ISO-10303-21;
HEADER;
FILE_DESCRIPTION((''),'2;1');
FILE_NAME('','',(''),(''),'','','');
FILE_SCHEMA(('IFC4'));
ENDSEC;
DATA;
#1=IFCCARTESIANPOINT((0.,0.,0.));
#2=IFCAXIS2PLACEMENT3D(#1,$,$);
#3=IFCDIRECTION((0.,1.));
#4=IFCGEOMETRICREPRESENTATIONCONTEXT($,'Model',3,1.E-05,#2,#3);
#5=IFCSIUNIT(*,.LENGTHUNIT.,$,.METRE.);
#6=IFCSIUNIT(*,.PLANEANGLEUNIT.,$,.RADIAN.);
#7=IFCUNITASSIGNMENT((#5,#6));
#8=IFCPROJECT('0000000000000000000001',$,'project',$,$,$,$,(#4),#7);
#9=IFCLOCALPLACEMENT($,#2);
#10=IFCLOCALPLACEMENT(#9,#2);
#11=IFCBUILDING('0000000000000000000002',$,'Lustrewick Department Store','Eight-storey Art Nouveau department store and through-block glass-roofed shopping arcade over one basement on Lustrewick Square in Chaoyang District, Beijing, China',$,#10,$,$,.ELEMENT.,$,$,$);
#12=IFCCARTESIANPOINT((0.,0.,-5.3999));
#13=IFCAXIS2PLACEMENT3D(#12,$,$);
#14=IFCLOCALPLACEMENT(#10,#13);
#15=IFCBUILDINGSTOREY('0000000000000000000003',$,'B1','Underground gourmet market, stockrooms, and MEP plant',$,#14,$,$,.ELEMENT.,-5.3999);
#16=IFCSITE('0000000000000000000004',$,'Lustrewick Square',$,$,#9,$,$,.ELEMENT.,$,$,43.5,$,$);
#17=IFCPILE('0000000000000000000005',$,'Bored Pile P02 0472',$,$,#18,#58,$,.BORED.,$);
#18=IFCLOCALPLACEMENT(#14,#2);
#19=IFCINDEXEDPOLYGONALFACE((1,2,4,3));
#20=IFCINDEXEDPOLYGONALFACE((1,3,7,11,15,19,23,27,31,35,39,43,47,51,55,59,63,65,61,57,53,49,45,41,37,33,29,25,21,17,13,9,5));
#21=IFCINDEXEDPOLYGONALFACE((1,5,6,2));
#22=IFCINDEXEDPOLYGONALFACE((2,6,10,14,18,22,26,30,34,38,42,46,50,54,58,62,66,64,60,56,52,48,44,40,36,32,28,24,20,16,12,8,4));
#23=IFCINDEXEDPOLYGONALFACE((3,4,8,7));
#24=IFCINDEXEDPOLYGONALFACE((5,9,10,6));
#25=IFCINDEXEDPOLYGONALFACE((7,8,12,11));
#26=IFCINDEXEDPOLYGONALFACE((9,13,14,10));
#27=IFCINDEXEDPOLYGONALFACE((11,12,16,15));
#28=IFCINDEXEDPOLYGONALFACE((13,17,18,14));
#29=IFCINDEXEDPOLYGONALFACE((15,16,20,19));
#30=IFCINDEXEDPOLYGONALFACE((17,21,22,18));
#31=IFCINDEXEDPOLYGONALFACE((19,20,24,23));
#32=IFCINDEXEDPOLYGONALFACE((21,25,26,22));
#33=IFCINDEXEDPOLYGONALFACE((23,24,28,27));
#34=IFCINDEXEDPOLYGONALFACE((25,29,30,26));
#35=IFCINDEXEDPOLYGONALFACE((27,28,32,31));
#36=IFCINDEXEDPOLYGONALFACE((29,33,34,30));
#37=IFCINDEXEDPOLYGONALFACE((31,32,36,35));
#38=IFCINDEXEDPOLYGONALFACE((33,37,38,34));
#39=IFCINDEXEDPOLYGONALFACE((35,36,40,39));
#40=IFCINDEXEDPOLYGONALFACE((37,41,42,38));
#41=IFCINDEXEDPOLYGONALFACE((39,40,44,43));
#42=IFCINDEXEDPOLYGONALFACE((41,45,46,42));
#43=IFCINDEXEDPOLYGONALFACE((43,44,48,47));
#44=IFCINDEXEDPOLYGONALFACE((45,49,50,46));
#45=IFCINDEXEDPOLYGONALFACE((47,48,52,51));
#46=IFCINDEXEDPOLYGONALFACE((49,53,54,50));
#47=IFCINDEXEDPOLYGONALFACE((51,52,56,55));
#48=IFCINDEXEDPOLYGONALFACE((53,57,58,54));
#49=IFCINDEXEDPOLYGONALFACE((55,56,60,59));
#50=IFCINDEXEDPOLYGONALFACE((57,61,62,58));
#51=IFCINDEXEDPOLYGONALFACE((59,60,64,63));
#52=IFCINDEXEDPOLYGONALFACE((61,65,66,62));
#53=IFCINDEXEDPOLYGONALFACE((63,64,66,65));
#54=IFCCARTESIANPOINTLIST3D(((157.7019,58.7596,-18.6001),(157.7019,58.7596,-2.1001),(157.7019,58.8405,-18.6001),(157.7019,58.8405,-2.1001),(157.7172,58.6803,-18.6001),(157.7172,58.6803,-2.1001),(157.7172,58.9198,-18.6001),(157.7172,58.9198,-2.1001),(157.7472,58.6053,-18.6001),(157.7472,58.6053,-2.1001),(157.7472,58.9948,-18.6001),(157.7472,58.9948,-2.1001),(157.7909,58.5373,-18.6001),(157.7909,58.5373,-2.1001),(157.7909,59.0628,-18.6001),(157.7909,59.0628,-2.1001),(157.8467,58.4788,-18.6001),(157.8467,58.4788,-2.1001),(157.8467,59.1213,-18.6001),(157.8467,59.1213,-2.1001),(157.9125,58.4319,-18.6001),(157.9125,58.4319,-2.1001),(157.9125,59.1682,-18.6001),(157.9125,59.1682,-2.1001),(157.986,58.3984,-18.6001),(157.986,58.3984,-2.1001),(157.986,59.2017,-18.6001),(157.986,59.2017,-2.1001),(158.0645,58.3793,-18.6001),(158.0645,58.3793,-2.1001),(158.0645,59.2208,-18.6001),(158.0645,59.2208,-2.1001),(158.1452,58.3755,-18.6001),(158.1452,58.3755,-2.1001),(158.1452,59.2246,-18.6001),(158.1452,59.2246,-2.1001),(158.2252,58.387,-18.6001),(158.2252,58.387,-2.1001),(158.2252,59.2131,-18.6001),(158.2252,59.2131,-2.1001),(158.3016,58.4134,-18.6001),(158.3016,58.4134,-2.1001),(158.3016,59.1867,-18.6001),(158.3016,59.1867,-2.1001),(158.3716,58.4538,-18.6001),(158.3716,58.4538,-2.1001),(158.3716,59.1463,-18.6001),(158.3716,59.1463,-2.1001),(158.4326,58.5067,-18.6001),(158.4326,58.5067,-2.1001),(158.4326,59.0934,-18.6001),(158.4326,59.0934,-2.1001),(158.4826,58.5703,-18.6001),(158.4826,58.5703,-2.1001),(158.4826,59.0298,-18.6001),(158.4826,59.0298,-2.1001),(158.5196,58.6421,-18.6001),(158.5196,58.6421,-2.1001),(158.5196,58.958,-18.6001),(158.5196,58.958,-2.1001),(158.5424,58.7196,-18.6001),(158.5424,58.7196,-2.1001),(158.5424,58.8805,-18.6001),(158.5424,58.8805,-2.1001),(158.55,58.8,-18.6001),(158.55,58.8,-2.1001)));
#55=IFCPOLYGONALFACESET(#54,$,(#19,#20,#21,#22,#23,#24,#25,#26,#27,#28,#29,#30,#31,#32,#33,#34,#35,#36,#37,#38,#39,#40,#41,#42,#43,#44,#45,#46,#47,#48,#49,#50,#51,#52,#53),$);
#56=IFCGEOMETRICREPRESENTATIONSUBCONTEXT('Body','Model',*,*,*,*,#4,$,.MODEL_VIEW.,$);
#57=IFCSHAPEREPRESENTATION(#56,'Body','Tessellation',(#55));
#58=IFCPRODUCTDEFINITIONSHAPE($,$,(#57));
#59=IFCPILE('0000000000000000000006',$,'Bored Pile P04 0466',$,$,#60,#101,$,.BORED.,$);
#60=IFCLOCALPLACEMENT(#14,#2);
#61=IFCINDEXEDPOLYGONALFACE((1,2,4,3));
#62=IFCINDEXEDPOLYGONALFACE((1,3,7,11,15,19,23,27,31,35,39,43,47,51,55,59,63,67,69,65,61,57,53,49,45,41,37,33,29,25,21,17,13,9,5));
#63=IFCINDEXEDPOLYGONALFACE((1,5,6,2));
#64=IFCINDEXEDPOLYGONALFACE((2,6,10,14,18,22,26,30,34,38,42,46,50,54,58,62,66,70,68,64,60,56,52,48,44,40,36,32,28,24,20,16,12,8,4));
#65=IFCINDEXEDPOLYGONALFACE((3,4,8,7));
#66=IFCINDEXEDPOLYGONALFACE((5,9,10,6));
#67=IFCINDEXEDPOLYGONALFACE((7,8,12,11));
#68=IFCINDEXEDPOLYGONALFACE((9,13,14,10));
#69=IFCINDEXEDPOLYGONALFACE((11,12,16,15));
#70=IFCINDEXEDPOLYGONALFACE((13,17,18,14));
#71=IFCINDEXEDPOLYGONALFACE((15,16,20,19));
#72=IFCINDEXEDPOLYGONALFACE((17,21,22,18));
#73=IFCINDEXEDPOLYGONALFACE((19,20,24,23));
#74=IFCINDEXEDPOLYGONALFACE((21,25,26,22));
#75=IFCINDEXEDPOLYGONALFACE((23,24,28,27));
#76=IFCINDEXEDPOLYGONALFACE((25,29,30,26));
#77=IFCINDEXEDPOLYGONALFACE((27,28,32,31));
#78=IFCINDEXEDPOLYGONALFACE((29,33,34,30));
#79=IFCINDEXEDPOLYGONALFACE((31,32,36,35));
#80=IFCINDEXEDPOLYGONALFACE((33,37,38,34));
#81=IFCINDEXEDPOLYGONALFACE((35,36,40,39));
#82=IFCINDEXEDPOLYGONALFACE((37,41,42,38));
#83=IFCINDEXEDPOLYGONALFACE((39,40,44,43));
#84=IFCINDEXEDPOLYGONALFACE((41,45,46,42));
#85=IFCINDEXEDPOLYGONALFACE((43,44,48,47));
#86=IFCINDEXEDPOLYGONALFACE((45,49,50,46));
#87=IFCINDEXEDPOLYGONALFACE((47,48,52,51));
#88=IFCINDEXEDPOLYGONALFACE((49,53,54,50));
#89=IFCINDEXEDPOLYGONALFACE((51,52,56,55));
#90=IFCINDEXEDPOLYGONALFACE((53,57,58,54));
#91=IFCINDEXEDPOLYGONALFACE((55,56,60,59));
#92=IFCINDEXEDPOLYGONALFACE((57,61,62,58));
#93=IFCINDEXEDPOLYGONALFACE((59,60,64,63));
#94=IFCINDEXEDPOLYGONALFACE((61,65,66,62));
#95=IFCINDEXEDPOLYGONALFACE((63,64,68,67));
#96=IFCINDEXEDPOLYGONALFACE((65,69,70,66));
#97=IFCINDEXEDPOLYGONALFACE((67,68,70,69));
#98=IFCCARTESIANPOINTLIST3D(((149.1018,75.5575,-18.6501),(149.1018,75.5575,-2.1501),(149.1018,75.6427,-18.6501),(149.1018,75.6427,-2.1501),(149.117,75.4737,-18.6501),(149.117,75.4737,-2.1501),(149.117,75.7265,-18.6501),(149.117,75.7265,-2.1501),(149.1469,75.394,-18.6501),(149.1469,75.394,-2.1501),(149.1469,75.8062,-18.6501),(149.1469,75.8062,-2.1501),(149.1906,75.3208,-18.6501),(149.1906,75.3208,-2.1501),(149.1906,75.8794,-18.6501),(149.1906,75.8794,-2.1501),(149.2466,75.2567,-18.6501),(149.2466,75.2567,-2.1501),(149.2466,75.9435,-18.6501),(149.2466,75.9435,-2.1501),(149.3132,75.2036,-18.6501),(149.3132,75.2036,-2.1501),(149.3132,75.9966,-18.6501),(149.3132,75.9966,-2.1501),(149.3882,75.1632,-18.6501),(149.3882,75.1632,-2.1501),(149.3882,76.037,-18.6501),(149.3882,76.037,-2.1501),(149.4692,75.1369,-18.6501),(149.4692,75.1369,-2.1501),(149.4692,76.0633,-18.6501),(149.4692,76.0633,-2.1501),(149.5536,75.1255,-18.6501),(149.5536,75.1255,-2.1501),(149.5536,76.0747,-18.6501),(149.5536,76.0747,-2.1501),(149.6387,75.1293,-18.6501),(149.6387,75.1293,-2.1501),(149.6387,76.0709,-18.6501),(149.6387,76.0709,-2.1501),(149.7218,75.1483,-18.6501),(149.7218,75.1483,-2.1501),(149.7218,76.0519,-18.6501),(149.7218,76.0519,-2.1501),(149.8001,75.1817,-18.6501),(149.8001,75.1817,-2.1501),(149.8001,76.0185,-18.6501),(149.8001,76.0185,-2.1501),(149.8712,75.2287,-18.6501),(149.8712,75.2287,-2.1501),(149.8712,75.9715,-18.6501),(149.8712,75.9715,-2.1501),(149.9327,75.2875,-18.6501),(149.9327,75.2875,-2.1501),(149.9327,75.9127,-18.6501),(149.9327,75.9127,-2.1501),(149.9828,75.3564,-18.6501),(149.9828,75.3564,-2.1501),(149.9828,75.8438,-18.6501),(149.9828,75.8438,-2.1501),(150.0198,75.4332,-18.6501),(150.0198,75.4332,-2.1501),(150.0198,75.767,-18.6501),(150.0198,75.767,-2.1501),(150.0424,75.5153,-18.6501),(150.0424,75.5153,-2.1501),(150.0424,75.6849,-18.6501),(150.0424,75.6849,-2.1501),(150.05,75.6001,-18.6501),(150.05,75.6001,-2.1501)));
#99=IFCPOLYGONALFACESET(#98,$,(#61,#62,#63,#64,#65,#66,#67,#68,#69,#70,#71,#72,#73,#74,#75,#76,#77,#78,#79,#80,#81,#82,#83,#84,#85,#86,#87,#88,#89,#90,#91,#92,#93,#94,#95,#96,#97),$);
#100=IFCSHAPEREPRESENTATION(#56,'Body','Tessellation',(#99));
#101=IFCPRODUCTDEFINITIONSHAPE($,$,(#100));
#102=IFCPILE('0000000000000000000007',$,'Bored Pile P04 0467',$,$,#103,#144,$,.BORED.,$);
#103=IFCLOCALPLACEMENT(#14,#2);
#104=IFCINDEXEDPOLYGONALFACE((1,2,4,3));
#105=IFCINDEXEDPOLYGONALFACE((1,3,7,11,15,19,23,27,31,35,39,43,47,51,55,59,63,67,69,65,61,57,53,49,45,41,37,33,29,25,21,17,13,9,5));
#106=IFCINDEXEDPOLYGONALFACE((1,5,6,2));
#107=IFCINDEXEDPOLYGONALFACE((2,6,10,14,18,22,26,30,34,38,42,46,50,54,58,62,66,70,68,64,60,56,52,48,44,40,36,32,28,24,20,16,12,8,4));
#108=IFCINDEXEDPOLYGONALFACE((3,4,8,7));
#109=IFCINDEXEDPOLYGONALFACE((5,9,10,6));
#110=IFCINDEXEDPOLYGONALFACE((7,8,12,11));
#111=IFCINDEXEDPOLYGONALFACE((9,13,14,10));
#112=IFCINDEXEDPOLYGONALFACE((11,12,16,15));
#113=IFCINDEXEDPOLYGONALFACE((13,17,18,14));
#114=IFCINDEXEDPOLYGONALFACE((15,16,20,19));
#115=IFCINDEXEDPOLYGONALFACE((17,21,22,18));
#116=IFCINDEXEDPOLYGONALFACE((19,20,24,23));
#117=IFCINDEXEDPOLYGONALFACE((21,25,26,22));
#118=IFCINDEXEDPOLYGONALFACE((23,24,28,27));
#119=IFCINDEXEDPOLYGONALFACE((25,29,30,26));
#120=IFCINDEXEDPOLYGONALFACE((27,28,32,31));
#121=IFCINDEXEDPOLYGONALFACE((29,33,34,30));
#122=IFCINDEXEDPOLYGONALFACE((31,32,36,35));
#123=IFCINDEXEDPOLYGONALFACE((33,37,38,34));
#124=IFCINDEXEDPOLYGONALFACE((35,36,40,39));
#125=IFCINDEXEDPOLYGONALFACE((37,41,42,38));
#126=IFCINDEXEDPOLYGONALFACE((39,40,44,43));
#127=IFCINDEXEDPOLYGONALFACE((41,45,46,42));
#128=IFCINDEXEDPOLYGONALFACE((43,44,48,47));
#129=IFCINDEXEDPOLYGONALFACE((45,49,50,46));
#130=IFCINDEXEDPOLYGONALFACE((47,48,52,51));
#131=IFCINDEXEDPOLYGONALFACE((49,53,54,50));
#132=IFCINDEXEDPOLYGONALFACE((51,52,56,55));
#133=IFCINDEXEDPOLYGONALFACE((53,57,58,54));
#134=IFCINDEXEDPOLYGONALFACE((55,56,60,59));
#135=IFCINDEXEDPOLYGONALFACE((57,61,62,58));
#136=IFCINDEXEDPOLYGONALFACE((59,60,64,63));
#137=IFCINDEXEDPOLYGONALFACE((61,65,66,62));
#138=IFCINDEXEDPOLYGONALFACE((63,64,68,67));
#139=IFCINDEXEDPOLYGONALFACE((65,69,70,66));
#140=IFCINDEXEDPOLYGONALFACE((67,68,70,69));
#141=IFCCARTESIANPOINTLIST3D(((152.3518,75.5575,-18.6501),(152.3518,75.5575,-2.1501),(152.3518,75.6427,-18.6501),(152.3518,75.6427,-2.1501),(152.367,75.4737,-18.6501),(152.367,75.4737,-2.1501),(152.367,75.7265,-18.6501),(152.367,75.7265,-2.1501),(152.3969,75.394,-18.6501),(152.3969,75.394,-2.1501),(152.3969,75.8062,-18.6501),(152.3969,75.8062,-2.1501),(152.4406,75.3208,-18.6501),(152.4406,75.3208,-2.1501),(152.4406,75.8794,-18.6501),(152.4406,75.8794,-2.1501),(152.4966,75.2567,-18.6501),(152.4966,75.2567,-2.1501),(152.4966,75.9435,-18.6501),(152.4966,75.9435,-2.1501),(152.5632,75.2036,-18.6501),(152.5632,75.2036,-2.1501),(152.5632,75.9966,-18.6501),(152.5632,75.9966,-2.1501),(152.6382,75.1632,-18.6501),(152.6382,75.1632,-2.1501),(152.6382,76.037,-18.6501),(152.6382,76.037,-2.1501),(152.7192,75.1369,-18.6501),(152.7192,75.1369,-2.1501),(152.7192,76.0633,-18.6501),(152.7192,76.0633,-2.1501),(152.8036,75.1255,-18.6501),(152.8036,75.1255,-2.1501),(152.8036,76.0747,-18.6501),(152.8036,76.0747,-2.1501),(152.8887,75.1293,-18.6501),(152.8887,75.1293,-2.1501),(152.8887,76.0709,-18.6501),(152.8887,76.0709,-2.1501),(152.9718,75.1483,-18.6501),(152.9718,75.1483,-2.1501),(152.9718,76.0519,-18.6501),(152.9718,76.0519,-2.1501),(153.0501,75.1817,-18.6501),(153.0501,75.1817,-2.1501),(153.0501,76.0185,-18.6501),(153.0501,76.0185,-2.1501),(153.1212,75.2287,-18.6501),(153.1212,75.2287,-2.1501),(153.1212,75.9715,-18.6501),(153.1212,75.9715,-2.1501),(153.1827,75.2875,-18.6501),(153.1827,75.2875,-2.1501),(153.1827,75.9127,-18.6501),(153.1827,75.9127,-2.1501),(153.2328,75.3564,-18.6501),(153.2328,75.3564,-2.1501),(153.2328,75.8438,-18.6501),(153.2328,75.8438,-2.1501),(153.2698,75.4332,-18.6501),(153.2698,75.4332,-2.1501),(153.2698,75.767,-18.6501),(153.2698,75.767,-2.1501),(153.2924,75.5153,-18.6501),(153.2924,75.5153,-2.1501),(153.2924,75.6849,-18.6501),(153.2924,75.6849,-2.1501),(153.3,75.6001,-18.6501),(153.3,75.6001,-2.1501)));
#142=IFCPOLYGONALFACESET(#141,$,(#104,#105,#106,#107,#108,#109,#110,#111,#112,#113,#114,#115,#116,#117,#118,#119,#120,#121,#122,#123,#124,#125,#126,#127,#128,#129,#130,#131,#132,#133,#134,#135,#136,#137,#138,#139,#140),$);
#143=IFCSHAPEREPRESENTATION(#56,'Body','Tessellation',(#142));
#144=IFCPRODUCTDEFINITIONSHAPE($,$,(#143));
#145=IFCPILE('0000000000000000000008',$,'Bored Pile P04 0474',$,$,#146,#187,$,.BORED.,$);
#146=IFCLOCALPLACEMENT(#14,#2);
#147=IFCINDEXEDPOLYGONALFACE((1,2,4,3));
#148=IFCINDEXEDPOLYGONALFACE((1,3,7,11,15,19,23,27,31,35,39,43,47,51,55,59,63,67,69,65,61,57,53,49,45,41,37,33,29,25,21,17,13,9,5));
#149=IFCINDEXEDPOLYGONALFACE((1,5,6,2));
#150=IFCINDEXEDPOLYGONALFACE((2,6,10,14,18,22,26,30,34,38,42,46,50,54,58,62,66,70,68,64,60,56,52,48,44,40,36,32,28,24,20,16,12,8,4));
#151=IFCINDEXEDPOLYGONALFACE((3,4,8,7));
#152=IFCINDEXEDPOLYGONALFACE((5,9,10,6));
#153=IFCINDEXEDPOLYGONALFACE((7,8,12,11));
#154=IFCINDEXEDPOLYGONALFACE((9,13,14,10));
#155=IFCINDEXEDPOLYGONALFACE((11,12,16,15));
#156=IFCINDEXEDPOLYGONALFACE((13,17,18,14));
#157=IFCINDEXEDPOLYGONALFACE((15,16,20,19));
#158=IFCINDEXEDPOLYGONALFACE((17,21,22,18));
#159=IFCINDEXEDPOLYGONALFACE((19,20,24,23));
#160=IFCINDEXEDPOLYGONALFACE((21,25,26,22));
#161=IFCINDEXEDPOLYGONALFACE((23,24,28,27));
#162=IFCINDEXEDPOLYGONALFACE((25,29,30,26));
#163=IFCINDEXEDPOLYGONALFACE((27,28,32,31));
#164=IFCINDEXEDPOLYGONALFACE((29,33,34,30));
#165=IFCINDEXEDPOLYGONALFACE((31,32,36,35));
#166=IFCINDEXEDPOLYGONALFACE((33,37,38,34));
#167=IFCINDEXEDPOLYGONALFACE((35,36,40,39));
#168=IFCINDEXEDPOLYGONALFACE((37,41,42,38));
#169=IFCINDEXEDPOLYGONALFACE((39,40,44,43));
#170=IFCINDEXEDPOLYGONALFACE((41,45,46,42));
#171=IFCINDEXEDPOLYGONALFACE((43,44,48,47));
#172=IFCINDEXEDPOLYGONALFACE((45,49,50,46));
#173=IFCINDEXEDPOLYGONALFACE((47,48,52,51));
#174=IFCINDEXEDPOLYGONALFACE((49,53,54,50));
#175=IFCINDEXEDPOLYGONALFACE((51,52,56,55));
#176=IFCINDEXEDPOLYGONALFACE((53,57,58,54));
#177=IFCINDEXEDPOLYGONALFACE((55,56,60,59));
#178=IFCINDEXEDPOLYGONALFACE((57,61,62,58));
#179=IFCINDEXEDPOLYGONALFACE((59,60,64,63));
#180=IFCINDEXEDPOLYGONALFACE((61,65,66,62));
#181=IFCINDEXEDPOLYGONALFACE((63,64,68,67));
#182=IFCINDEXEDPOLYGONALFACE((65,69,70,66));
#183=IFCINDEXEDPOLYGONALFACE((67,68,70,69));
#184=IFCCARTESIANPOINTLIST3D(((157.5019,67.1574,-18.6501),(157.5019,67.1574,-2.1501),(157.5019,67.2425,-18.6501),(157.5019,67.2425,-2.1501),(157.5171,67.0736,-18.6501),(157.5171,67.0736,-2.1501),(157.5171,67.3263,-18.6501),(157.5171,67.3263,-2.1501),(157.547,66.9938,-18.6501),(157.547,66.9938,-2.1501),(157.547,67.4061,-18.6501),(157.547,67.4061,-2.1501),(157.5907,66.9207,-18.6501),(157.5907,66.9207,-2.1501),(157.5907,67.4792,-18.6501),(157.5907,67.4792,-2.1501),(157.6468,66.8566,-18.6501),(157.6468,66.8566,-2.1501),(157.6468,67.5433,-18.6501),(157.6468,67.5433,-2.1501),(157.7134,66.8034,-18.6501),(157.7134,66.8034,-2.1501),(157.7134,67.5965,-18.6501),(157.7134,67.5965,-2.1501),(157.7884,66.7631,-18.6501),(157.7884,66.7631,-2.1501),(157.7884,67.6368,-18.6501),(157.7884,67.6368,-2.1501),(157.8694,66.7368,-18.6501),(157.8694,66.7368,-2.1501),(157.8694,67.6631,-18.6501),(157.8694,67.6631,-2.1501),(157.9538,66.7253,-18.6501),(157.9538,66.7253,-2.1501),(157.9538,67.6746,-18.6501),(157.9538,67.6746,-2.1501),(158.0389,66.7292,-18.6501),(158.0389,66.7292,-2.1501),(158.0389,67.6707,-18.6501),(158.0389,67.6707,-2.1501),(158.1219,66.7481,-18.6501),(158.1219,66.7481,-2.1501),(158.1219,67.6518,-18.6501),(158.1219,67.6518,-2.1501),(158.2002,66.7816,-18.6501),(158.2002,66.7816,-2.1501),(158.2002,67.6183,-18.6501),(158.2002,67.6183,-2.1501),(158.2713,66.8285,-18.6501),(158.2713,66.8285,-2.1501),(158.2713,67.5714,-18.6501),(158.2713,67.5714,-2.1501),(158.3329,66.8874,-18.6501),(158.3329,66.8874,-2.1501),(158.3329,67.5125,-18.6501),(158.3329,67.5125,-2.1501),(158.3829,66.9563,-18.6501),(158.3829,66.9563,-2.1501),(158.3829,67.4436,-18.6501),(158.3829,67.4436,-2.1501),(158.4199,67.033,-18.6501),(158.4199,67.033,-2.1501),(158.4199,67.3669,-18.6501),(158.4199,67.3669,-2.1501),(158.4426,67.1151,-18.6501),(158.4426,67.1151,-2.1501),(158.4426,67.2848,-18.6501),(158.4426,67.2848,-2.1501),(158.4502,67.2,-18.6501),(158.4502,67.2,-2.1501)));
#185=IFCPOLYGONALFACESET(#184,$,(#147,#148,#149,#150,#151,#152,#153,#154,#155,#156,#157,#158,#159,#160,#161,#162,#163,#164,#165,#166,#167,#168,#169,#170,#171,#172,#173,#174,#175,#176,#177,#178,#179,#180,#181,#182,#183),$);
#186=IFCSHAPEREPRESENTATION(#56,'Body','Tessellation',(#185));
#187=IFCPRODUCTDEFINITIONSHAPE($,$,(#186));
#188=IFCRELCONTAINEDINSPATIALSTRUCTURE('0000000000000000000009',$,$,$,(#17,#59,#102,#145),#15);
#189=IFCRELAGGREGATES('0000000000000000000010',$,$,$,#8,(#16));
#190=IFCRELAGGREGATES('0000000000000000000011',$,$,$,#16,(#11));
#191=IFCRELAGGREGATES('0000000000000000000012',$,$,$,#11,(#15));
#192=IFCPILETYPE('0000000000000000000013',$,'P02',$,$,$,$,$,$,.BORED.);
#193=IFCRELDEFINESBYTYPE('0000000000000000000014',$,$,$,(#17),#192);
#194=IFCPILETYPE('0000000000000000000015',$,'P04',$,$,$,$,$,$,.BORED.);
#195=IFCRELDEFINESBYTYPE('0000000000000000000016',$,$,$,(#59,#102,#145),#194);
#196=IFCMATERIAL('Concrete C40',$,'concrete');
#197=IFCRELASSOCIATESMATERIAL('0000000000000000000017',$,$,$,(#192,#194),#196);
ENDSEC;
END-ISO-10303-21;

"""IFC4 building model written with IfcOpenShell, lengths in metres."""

from ifc_helpers import new_model, si_unit, direction, frame, origin, origin_2d, place, context, subcontext, project, spatial, circle, extrude, material, material_profile, profile_set, type_object, element, save


model = new_model("IFC4")

# Units and contexts
model_context = context("Model", 3, precision=1e-05, world=origin(), true_north=direction((0.0, 1.0)))
body_context = subcontext(model_context, "Body", "Model", "MODEL_VIEW")
ifc_project = project(units=[si_unit("LENGTHUNIT", "METRE"), si_unit("PLANEANGLEUNIT", "RADIAN")], contexts=[model_context])

# Site, building, storey
site_placement = place(None, origin())
site = spatial("IfcSite", under=ifc_project, at=site_placement, Name="Lustrewick Square", CompositionType="ELEMENT", RefElevation=43.5)
building_placement = place(site_placement, origin())
building = spatial("IfcBuilding", under=site, at=building_placement, Name="Lustrewick Department Store", Description="Eight-storey Art Nouveau department store and through-block glass-roofed shopping arcade over one basement on Lustrewick Square in Chaoyang District, Beijing, China", CompositionType="ELEMENT")
storey_placement = place(building_placement, frame((0.0, 0.0, -5.3999)))
storey = spatial("IfcBuildingStorey", under=building, at=storey_placement, Name="B1", Description="Underground gourmet market, stockrooms, and MEP plant", CompositionType="ELEMENT", Elevation=-5.3999)

# Piles
ifc_material_1 = material(Name="Concrete C40", Category="concrete")
ifc_material_profile_1 = material_profile(ifc_material_1, circle(Radius=0.425, at=origin_2d()), Name="PILE D850")
ifc_profile_set_1 = profile_set([ifc_material_profile_1], Name="Concrete C40")
pile_type_1 = type_object("IfcPileType", Name="P02", PredefinedType="BORED", material=ifc_profile_set_1)
for number, where, z_axis, x_axis, name in (
    (1, (158.125, 58.8, -2.1001), (0.0, 0.0, -1.0), (1.0, 0.0, 0.0), "Bored Pile P02 0472"),
):
    element("IfcPile", number, at=place(storey_placement, frame(where, z_axis=z_axis, x_axis=x_axis)), inside=storey, type_object=pile_type_1, Name=name, PredefinedType="BORED", context=body_context, shape_type="SweptSolid", body=[
        extrude(circle(Radius=0.425, at=origin_2d()), origin(), (0.0, 0.0, 1.0), 16.5),
    ])
ifc_material_profile_2 = material_profile(ifc_material_1, circle(Radius=0.4751, at=origin_2d()), Name="PILE D950")
ifc_profile_set_2 = profile_set([ifc_material_profile_2], Name="Concrete C40")
pile_type_2 = type_object("IfcPileType", Name="P04", PredefinedType="BORED", material=ifc_profile_set_2)
for number, where, z_axis, x_axis, name in (
    (2, (149.575, 75.6001, -2.1501), (0.0, 0.0, -1.0), (1.0, 0.0, 0.0), "Bored Pile P04 0466"),
    (3, (152.825, 75.6001, -2.1501), (0.0, 0.0, -1.0), (1.0, 0.0, 0.0), "Bored Pile P04 0467"),
    (4, (157.9751, 67.2, -2.1501), (0.0, 0.0, -1.0), (1.0, 0.0, 0.0), "Bored Pile P04 0474"),
):
    element("IfcPile", number, at=place(storey_placement, frame(where, z_axis=z_axis, x_axis=x_axis)), inside=storey, type_object=pile_type_2, Name=name, PredefinedType="BORED", context=body_context, shape_type="SweptSolid", body=[
        extrude(circle(Radius=0.4751, at=origin_2d()), origin(), (0.0, 0.0, 1.0), 16.5),
    ])

save(model, "model.ifc")
